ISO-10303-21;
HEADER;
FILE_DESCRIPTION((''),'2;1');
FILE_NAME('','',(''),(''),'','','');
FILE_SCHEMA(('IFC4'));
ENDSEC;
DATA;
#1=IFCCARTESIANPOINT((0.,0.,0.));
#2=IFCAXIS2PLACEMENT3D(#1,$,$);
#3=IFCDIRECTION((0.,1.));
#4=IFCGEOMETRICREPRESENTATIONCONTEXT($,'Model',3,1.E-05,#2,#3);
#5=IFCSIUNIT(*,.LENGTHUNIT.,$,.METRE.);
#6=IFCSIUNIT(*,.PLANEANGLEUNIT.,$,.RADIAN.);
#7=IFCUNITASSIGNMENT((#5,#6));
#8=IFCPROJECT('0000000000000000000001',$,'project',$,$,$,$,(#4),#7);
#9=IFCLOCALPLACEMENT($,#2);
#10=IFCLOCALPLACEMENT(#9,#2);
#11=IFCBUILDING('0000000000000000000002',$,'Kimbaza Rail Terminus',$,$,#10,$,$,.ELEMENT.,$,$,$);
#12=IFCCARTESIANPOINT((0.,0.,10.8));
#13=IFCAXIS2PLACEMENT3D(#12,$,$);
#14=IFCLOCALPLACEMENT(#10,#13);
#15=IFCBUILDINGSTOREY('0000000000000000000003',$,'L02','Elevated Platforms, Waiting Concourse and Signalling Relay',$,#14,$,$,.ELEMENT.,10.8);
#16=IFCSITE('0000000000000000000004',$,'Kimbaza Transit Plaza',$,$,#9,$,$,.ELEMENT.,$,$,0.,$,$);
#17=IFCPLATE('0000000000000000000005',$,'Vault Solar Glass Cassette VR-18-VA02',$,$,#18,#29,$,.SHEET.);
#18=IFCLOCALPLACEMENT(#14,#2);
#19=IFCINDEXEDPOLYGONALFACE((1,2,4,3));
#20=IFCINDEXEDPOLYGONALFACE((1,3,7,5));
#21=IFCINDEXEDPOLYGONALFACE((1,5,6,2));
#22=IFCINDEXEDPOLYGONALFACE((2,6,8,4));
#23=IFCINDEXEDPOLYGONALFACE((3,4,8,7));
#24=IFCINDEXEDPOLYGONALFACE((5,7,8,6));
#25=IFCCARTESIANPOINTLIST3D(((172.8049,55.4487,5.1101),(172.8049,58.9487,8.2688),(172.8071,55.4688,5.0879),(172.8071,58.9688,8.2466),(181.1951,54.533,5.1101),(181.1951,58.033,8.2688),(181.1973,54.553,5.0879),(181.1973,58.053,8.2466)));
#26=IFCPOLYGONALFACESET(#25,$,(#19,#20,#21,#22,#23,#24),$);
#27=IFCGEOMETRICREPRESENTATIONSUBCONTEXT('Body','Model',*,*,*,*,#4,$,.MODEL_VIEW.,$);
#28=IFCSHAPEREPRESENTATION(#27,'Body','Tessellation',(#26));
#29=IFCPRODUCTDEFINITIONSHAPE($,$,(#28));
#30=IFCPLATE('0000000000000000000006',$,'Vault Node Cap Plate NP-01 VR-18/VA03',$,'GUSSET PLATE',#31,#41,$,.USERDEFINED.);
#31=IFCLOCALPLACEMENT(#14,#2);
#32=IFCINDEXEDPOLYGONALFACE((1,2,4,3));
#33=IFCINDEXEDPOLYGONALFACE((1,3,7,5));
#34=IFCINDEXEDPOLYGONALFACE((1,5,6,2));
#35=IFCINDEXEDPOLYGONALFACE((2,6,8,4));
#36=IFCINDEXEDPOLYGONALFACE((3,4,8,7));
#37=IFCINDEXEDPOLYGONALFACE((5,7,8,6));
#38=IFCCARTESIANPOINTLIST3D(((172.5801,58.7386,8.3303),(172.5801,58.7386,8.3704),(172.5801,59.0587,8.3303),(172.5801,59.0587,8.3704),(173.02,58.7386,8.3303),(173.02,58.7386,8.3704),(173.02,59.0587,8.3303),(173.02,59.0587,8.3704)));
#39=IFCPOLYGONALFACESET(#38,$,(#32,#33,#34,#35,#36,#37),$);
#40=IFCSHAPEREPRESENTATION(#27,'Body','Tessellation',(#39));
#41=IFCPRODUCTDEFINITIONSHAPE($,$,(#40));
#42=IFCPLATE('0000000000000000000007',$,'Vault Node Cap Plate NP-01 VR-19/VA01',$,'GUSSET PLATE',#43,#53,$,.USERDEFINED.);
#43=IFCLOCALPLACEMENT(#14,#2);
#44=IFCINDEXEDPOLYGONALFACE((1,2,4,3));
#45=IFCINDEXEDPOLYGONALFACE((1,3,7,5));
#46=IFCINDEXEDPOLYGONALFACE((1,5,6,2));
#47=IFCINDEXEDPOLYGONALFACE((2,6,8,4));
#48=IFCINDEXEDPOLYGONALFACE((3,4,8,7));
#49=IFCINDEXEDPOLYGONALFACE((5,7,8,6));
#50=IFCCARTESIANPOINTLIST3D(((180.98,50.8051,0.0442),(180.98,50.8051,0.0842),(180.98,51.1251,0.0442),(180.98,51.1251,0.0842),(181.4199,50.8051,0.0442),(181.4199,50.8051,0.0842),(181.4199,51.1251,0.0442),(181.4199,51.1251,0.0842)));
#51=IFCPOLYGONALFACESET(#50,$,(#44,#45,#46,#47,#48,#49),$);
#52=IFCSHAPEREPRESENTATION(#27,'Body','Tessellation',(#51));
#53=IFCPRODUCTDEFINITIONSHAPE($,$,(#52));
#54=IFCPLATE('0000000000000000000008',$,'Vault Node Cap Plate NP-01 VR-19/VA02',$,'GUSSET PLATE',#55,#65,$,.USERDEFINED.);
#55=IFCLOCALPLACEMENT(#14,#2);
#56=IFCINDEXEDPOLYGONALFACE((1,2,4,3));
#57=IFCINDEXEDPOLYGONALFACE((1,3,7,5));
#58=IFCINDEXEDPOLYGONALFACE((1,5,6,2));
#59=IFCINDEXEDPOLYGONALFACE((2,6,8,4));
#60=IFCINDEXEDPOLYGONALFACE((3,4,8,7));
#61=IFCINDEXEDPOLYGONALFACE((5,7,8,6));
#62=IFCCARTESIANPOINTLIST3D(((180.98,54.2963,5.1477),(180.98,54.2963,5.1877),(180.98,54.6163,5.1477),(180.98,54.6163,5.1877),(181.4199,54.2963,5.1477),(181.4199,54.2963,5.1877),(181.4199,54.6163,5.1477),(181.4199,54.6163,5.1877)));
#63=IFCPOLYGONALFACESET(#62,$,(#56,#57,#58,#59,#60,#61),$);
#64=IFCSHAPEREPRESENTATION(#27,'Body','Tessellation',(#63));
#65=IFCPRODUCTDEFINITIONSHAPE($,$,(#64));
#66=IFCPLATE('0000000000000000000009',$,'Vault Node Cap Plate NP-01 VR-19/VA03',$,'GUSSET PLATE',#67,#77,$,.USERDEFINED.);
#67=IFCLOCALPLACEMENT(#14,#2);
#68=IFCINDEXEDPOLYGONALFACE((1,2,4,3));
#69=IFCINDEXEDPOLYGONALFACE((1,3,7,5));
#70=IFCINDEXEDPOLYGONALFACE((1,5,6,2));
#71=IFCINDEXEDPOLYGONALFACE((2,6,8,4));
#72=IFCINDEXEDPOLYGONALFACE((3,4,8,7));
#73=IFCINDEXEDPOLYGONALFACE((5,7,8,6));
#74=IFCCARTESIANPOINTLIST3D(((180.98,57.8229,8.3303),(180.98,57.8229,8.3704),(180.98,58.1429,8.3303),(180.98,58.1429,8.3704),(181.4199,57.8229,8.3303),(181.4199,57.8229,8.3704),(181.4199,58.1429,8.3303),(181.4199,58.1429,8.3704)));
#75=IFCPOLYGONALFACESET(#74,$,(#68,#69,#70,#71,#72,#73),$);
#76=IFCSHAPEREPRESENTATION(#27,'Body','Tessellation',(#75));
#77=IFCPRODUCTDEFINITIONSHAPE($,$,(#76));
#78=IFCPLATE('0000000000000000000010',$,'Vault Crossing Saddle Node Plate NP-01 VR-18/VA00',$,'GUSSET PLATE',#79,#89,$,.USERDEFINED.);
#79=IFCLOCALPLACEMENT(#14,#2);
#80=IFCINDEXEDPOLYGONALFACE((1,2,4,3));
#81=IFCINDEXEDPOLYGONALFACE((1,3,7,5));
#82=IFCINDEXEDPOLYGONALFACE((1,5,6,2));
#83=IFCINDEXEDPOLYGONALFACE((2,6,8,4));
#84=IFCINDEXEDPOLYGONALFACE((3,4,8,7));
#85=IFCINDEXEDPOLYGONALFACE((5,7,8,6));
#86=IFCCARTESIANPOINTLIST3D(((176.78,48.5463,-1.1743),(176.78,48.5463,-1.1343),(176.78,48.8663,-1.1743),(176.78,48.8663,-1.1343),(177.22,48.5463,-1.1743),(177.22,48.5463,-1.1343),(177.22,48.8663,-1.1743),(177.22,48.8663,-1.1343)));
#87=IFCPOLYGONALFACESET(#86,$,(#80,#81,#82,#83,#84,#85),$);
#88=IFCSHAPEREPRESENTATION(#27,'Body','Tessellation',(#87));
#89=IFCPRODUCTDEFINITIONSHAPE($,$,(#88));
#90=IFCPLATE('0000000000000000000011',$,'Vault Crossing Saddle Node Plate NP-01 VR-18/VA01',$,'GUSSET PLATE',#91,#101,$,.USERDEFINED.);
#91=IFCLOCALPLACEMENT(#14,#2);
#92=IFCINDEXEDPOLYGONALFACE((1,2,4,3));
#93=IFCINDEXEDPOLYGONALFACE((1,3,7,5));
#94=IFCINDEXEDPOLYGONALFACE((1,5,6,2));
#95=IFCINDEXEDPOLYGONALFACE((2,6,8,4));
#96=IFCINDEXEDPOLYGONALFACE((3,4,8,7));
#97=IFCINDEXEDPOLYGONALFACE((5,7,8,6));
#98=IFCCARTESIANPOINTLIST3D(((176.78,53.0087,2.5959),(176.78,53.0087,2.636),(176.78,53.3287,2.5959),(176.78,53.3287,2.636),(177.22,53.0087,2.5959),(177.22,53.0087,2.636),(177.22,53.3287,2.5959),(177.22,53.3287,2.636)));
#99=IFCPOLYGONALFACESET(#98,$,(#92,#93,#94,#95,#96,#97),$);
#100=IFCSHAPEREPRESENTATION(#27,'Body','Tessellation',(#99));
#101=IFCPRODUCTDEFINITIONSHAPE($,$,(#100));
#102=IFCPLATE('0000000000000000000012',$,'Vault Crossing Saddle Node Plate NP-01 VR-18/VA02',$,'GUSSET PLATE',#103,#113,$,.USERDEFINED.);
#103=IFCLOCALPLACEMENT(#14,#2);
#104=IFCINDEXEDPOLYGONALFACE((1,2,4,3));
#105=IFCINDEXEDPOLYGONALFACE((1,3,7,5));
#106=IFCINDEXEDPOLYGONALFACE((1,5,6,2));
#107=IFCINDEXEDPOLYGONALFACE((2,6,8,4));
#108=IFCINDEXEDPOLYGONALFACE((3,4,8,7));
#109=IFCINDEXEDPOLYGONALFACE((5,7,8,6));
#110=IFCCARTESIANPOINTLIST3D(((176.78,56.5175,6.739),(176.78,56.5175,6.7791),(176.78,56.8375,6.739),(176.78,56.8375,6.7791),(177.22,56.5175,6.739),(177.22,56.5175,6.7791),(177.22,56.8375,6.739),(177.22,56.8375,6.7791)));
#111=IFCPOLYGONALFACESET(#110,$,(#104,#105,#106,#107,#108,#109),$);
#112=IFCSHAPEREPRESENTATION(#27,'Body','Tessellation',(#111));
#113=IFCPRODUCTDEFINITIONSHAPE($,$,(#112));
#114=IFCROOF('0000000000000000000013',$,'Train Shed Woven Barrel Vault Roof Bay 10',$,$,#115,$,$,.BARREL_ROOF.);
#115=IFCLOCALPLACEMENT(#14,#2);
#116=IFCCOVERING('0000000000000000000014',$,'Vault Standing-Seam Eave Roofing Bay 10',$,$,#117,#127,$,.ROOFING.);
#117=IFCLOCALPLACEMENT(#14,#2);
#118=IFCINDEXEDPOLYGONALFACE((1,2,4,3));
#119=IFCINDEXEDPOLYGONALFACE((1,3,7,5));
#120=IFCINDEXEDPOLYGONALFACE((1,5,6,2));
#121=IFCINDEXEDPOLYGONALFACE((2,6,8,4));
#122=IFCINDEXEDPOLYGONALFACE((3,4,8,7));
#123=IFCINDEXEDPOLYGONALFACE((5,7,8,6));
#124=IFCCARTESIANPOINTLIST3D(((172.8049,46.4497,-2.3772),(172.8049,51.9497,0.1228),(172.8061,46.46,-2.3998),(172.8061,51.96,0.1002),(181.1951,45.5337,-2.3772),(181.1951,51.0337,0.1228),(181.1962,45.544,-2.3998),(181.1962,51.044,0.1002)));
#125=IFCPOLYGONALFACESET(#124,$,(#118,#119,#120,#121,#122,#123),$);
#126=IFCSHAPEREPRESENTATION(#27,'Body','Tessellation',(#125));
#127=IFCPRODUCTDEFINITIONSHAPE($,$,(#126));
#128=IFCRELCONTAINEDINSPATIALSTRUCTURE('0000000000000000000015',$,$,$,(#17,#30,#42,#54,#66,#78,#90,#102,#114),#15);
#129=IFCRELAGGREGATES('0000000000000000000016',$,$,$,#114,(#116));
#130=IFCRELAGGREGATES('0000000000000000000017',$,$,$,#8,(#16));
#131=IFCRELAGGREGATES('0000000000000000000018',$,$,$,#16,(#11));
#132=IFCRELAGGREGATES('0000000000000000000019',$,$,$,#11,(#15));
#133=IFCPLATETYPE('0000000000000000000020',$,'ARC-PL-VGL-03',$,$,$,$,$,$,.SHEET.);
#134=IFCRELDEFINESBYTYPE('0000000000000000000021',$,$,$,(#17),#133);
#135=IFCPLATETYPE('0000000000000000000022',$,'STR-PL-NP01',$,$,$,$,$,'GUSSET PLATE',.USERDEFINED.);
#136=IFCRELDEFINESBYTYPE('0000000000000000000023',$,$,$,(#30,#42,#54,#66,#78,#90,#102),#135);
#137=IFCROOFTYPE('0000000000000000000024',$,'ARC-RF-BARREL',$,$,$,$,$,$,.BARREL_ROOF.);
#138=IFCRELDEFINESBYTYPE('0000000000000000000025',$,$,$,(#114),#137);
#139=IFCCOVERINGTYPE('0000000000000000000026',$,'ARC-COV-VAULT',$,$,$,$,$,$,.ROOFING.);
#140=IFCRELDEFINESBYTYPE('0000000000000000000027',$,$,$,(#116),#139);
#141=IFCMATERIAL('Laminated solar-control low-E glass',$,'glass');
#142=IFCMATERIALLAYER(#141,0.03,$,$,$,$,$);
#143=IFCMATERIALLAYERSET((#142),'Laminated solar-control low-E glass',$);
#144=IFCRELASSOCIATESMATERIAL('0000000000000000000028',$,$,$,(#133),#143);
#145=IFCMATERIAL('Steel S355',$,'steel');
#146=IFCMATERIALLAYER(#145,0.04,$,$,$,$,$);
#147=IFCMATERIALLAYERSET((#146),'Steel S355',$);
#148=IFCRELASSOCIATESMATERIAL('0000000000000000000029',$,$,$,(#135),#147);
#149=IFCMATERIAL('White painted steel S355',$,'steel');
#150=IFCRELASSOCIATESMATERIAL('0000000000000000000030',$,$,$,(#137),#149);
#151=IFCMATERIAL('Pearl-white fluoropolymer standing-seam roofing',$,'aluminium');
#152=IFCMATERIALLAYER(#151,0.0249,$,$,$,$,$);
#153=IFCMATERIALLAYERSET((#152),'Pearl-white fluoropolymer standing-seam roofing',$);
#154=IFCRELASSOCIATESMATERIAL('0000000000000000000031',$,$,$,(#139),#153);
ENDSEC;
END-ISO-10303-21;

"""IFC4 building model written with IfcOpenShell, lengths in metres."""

from ifc_helpers import new_model, si_unit, direction, frame, origin, origin_2d, place, context, subcontext, project, spatial, polyline, rectangle, outline, extrude, material, layer, layer_set, type_object, element, aggregate, save


model = new_model("IFC4")

# Units and contexts
model_context = context("Model", 3, precision=1e-05, world=origin(), true_north=direction((0.0, 1.0)))
body_context = subcontext(model_context, "Body", "Model", "MODEL_VIEW")
ifc_project = project(units=[si_unit("LENGTHUNIT", "METRE"), si_unit("PLANEANGLEUNIT", "RADIAN")], contexts=[model_context])

# Site, building, storey
site_placement = place(None, origin())
site = spatial("IfcSite", under=ifc_project, at=site_placement, Name="Kimbaza Transit Plaza", CompositionType="ELEMENT", RefElevation=0.0)
building_placement = place(site_placement, origin())
building = spatial("IfcBuilding", under=site, at=building_placement, Name="Kimbaza Rail Terminus", CompositionType="ELEMENT")
storey_placement = place(building_placement, frame((0.0, 0.0, 10.8)))
storey = spatial("IfcBuildingStorey", under=building, at=storey_placement, Name="L02", Description="Elevated Platforms, Waiting Concourse and Signalling Relay", CompositionType="ELEMENT", Elevation=10.8)

# Plates
ifc_material_1 = material(Name="Laminated solar-control low-E glass", Category="glass")
ifc_layer_1 = layer(ifc_material_1, 0.03)
ifc_layer_set_1 = layer_set([ifc_layer_1], Name="Laminated solar-control low-E glass")
plate_type_1 = type_object("IfcPlateType", Name="ARC-PL-VGL-03", PredefinedType="SHEET", material=ifc_layer_set_1)
plate_1_placement = place(storey_placement, frame((172.8049, 55.4487, 5.1101), z_axis=(-0.072933, -0.668198, 0.7404), x_axis=(0.994096, -0.108504, 0.0)))
element("IfcPlate", 1, at=plate_1_placement, inside=storey, type_object=plate_type_1, Name="Vault Solar Glass Cassette VR-18-VA02", PredefinedType="SHEET", context=body_context, shape_type="SweptSolid", body=[
    extrude(outline(polyline([(0.0, 0.0), (8.44, 0.0), (8.0602, 4.6993), (-0.3798, 4.6993), (0.0, 0.0)])), origin(), (0.0, 0.0, -1.0), 0.03),
])
ifc_material_2 = material(Name="Steel S355", Category="steel")
ifc_layer_2 = layer(ifc_material_2, 0.04)
ifc_layer_set_2 = layer_set([ifc_layer_2], Name="Steel S355")
plate_type_2 = type_object("IfcPlateType", Name="STR-PL-NP01", ElementType="GUSSET PLATE", PredefinedType="USERDEFINED", material=ifc_layer_set_2)
for number, where, z_axis, x_axis, name in (
    (2, (172.8, 58.8987, 8.3303), (0.0, 0.0, 1.0), (1.0, 0.0, 0.0), "Vault Node Cap Plate NP-01 VR-18/VA03"),
    (3, (181.2, 50.9651, 0.0442), (0.0, 0.0, 1.0), (1.0, 0.0, 0.0), "Vault Node Cap Plate NP-01 VR-19/VA01"),
    (4, (181.2, 54.4563, 5.1477), (0.0, 0.0, 1.0), (1.0, 0.0, 0.0), "Vault Node Cap Plate NP-01 VR-19/VA02"),
    (5, (181.2, 57.9829, 8.3303), (0.0, 0.0, 1.0), (1.0, 0.0, 0.0), "Vault Node Cap Plate NP-01 VR-19/VA03"),
    (6, (177.0, 48.7063, -1.1743), (0.0, 0.0, 1.0), (1.0, 0.0, 0.0), "Vault Crossing Saddle Node Plate NP-01 VR-18/VA00"),
    (7, (177.0, 53.1687, 2.5959), (0.0, 0.0, 1.0), (1.0, 0.0, 0.0), "Vault Crossing Saddle Node Plate NP-01 VR-18/VA01"),
    (8, (177.0, 56.6775, 6.739), (0.0, 0.0, 1.0), (1.0, 0.0, 0.0), "Vault Crossing Saddle Node Plate NP-01 VR-18/VA02"),
):
    element("IfcPlate", number, at=place(storey_placement, frame(where, z_axis=z_axis, x_axis=x_axis)), inside=storey, type_object=plate_type_2, Name=name, ObjectType="GUSSET PLATE", PredefinedType="USERDEFINED", context=body_context, shape_type="SweptSolid", body=[
        extrude(rectangle(XDim=0.4399, YDim=0.3201, at=origin_2d()), origin(), (0.0, 0.0, 1.0), 0.04),
    ])

# Roof, covering
ifc_material_3 = material(Name="White painted steel S355", Category="steel")
roof_type = type_object("IfcRoofType", Name="ARC-RF-BARREL", PredefinedType="BARREL_ROOF", material=ifc_material_3)
roof_placement = place(storey_placement, origin())
roof = element("IfcRoof", 9, at=roof_placement, inside=storey, type_object=roof_type, Name="Train Shed Woven Barrel Vault Roof Bay 10", PredefinedType="BARREL_ROOF")
ifc_material_4 = material(Name="Pearl-white fluoropolymer standing-seam roofing", Category="aluminium")
ifc_layer_3 = layer(ifc_material_4, 0.0249)
ifc_layer_set_3 = layer_set([ifc_layer_3], Name="Pearl-white fluoropolymer standing-seam roofing")
covering_type = type_object("IfcCoveringType", Name="ARC-COV-VAULT", PredefinedType="ROOFING", material=ifc_layer_set_3)
covering_placement = place(storey_placement, frame((172.8049, 46.4497, -2.3772), z_axis=(-0.045132, -0.413381, 0.909439), x_axis=(0.994093, -0.108533, 0.0)))
covering = element("IfcCovering", 10, at=covering_placement, type_object=covering_type, Name="Vault Standing-Seam Eave Roofing Bay 10", PredefinedType="ROOFING", context=body_context, shape_type="SweptSolid", body=[
    extrude(outline(polyline([(0.0, 0.0), (8.44, 0.0), (7.8431, 6.012), (-0.5969, 6.012), (0.0, 0.0)])), origin(), (0.0, 0.0, -1.0), 0.0249),
])
aggregate(roof, [covering])

save(model, "model.ifc")
